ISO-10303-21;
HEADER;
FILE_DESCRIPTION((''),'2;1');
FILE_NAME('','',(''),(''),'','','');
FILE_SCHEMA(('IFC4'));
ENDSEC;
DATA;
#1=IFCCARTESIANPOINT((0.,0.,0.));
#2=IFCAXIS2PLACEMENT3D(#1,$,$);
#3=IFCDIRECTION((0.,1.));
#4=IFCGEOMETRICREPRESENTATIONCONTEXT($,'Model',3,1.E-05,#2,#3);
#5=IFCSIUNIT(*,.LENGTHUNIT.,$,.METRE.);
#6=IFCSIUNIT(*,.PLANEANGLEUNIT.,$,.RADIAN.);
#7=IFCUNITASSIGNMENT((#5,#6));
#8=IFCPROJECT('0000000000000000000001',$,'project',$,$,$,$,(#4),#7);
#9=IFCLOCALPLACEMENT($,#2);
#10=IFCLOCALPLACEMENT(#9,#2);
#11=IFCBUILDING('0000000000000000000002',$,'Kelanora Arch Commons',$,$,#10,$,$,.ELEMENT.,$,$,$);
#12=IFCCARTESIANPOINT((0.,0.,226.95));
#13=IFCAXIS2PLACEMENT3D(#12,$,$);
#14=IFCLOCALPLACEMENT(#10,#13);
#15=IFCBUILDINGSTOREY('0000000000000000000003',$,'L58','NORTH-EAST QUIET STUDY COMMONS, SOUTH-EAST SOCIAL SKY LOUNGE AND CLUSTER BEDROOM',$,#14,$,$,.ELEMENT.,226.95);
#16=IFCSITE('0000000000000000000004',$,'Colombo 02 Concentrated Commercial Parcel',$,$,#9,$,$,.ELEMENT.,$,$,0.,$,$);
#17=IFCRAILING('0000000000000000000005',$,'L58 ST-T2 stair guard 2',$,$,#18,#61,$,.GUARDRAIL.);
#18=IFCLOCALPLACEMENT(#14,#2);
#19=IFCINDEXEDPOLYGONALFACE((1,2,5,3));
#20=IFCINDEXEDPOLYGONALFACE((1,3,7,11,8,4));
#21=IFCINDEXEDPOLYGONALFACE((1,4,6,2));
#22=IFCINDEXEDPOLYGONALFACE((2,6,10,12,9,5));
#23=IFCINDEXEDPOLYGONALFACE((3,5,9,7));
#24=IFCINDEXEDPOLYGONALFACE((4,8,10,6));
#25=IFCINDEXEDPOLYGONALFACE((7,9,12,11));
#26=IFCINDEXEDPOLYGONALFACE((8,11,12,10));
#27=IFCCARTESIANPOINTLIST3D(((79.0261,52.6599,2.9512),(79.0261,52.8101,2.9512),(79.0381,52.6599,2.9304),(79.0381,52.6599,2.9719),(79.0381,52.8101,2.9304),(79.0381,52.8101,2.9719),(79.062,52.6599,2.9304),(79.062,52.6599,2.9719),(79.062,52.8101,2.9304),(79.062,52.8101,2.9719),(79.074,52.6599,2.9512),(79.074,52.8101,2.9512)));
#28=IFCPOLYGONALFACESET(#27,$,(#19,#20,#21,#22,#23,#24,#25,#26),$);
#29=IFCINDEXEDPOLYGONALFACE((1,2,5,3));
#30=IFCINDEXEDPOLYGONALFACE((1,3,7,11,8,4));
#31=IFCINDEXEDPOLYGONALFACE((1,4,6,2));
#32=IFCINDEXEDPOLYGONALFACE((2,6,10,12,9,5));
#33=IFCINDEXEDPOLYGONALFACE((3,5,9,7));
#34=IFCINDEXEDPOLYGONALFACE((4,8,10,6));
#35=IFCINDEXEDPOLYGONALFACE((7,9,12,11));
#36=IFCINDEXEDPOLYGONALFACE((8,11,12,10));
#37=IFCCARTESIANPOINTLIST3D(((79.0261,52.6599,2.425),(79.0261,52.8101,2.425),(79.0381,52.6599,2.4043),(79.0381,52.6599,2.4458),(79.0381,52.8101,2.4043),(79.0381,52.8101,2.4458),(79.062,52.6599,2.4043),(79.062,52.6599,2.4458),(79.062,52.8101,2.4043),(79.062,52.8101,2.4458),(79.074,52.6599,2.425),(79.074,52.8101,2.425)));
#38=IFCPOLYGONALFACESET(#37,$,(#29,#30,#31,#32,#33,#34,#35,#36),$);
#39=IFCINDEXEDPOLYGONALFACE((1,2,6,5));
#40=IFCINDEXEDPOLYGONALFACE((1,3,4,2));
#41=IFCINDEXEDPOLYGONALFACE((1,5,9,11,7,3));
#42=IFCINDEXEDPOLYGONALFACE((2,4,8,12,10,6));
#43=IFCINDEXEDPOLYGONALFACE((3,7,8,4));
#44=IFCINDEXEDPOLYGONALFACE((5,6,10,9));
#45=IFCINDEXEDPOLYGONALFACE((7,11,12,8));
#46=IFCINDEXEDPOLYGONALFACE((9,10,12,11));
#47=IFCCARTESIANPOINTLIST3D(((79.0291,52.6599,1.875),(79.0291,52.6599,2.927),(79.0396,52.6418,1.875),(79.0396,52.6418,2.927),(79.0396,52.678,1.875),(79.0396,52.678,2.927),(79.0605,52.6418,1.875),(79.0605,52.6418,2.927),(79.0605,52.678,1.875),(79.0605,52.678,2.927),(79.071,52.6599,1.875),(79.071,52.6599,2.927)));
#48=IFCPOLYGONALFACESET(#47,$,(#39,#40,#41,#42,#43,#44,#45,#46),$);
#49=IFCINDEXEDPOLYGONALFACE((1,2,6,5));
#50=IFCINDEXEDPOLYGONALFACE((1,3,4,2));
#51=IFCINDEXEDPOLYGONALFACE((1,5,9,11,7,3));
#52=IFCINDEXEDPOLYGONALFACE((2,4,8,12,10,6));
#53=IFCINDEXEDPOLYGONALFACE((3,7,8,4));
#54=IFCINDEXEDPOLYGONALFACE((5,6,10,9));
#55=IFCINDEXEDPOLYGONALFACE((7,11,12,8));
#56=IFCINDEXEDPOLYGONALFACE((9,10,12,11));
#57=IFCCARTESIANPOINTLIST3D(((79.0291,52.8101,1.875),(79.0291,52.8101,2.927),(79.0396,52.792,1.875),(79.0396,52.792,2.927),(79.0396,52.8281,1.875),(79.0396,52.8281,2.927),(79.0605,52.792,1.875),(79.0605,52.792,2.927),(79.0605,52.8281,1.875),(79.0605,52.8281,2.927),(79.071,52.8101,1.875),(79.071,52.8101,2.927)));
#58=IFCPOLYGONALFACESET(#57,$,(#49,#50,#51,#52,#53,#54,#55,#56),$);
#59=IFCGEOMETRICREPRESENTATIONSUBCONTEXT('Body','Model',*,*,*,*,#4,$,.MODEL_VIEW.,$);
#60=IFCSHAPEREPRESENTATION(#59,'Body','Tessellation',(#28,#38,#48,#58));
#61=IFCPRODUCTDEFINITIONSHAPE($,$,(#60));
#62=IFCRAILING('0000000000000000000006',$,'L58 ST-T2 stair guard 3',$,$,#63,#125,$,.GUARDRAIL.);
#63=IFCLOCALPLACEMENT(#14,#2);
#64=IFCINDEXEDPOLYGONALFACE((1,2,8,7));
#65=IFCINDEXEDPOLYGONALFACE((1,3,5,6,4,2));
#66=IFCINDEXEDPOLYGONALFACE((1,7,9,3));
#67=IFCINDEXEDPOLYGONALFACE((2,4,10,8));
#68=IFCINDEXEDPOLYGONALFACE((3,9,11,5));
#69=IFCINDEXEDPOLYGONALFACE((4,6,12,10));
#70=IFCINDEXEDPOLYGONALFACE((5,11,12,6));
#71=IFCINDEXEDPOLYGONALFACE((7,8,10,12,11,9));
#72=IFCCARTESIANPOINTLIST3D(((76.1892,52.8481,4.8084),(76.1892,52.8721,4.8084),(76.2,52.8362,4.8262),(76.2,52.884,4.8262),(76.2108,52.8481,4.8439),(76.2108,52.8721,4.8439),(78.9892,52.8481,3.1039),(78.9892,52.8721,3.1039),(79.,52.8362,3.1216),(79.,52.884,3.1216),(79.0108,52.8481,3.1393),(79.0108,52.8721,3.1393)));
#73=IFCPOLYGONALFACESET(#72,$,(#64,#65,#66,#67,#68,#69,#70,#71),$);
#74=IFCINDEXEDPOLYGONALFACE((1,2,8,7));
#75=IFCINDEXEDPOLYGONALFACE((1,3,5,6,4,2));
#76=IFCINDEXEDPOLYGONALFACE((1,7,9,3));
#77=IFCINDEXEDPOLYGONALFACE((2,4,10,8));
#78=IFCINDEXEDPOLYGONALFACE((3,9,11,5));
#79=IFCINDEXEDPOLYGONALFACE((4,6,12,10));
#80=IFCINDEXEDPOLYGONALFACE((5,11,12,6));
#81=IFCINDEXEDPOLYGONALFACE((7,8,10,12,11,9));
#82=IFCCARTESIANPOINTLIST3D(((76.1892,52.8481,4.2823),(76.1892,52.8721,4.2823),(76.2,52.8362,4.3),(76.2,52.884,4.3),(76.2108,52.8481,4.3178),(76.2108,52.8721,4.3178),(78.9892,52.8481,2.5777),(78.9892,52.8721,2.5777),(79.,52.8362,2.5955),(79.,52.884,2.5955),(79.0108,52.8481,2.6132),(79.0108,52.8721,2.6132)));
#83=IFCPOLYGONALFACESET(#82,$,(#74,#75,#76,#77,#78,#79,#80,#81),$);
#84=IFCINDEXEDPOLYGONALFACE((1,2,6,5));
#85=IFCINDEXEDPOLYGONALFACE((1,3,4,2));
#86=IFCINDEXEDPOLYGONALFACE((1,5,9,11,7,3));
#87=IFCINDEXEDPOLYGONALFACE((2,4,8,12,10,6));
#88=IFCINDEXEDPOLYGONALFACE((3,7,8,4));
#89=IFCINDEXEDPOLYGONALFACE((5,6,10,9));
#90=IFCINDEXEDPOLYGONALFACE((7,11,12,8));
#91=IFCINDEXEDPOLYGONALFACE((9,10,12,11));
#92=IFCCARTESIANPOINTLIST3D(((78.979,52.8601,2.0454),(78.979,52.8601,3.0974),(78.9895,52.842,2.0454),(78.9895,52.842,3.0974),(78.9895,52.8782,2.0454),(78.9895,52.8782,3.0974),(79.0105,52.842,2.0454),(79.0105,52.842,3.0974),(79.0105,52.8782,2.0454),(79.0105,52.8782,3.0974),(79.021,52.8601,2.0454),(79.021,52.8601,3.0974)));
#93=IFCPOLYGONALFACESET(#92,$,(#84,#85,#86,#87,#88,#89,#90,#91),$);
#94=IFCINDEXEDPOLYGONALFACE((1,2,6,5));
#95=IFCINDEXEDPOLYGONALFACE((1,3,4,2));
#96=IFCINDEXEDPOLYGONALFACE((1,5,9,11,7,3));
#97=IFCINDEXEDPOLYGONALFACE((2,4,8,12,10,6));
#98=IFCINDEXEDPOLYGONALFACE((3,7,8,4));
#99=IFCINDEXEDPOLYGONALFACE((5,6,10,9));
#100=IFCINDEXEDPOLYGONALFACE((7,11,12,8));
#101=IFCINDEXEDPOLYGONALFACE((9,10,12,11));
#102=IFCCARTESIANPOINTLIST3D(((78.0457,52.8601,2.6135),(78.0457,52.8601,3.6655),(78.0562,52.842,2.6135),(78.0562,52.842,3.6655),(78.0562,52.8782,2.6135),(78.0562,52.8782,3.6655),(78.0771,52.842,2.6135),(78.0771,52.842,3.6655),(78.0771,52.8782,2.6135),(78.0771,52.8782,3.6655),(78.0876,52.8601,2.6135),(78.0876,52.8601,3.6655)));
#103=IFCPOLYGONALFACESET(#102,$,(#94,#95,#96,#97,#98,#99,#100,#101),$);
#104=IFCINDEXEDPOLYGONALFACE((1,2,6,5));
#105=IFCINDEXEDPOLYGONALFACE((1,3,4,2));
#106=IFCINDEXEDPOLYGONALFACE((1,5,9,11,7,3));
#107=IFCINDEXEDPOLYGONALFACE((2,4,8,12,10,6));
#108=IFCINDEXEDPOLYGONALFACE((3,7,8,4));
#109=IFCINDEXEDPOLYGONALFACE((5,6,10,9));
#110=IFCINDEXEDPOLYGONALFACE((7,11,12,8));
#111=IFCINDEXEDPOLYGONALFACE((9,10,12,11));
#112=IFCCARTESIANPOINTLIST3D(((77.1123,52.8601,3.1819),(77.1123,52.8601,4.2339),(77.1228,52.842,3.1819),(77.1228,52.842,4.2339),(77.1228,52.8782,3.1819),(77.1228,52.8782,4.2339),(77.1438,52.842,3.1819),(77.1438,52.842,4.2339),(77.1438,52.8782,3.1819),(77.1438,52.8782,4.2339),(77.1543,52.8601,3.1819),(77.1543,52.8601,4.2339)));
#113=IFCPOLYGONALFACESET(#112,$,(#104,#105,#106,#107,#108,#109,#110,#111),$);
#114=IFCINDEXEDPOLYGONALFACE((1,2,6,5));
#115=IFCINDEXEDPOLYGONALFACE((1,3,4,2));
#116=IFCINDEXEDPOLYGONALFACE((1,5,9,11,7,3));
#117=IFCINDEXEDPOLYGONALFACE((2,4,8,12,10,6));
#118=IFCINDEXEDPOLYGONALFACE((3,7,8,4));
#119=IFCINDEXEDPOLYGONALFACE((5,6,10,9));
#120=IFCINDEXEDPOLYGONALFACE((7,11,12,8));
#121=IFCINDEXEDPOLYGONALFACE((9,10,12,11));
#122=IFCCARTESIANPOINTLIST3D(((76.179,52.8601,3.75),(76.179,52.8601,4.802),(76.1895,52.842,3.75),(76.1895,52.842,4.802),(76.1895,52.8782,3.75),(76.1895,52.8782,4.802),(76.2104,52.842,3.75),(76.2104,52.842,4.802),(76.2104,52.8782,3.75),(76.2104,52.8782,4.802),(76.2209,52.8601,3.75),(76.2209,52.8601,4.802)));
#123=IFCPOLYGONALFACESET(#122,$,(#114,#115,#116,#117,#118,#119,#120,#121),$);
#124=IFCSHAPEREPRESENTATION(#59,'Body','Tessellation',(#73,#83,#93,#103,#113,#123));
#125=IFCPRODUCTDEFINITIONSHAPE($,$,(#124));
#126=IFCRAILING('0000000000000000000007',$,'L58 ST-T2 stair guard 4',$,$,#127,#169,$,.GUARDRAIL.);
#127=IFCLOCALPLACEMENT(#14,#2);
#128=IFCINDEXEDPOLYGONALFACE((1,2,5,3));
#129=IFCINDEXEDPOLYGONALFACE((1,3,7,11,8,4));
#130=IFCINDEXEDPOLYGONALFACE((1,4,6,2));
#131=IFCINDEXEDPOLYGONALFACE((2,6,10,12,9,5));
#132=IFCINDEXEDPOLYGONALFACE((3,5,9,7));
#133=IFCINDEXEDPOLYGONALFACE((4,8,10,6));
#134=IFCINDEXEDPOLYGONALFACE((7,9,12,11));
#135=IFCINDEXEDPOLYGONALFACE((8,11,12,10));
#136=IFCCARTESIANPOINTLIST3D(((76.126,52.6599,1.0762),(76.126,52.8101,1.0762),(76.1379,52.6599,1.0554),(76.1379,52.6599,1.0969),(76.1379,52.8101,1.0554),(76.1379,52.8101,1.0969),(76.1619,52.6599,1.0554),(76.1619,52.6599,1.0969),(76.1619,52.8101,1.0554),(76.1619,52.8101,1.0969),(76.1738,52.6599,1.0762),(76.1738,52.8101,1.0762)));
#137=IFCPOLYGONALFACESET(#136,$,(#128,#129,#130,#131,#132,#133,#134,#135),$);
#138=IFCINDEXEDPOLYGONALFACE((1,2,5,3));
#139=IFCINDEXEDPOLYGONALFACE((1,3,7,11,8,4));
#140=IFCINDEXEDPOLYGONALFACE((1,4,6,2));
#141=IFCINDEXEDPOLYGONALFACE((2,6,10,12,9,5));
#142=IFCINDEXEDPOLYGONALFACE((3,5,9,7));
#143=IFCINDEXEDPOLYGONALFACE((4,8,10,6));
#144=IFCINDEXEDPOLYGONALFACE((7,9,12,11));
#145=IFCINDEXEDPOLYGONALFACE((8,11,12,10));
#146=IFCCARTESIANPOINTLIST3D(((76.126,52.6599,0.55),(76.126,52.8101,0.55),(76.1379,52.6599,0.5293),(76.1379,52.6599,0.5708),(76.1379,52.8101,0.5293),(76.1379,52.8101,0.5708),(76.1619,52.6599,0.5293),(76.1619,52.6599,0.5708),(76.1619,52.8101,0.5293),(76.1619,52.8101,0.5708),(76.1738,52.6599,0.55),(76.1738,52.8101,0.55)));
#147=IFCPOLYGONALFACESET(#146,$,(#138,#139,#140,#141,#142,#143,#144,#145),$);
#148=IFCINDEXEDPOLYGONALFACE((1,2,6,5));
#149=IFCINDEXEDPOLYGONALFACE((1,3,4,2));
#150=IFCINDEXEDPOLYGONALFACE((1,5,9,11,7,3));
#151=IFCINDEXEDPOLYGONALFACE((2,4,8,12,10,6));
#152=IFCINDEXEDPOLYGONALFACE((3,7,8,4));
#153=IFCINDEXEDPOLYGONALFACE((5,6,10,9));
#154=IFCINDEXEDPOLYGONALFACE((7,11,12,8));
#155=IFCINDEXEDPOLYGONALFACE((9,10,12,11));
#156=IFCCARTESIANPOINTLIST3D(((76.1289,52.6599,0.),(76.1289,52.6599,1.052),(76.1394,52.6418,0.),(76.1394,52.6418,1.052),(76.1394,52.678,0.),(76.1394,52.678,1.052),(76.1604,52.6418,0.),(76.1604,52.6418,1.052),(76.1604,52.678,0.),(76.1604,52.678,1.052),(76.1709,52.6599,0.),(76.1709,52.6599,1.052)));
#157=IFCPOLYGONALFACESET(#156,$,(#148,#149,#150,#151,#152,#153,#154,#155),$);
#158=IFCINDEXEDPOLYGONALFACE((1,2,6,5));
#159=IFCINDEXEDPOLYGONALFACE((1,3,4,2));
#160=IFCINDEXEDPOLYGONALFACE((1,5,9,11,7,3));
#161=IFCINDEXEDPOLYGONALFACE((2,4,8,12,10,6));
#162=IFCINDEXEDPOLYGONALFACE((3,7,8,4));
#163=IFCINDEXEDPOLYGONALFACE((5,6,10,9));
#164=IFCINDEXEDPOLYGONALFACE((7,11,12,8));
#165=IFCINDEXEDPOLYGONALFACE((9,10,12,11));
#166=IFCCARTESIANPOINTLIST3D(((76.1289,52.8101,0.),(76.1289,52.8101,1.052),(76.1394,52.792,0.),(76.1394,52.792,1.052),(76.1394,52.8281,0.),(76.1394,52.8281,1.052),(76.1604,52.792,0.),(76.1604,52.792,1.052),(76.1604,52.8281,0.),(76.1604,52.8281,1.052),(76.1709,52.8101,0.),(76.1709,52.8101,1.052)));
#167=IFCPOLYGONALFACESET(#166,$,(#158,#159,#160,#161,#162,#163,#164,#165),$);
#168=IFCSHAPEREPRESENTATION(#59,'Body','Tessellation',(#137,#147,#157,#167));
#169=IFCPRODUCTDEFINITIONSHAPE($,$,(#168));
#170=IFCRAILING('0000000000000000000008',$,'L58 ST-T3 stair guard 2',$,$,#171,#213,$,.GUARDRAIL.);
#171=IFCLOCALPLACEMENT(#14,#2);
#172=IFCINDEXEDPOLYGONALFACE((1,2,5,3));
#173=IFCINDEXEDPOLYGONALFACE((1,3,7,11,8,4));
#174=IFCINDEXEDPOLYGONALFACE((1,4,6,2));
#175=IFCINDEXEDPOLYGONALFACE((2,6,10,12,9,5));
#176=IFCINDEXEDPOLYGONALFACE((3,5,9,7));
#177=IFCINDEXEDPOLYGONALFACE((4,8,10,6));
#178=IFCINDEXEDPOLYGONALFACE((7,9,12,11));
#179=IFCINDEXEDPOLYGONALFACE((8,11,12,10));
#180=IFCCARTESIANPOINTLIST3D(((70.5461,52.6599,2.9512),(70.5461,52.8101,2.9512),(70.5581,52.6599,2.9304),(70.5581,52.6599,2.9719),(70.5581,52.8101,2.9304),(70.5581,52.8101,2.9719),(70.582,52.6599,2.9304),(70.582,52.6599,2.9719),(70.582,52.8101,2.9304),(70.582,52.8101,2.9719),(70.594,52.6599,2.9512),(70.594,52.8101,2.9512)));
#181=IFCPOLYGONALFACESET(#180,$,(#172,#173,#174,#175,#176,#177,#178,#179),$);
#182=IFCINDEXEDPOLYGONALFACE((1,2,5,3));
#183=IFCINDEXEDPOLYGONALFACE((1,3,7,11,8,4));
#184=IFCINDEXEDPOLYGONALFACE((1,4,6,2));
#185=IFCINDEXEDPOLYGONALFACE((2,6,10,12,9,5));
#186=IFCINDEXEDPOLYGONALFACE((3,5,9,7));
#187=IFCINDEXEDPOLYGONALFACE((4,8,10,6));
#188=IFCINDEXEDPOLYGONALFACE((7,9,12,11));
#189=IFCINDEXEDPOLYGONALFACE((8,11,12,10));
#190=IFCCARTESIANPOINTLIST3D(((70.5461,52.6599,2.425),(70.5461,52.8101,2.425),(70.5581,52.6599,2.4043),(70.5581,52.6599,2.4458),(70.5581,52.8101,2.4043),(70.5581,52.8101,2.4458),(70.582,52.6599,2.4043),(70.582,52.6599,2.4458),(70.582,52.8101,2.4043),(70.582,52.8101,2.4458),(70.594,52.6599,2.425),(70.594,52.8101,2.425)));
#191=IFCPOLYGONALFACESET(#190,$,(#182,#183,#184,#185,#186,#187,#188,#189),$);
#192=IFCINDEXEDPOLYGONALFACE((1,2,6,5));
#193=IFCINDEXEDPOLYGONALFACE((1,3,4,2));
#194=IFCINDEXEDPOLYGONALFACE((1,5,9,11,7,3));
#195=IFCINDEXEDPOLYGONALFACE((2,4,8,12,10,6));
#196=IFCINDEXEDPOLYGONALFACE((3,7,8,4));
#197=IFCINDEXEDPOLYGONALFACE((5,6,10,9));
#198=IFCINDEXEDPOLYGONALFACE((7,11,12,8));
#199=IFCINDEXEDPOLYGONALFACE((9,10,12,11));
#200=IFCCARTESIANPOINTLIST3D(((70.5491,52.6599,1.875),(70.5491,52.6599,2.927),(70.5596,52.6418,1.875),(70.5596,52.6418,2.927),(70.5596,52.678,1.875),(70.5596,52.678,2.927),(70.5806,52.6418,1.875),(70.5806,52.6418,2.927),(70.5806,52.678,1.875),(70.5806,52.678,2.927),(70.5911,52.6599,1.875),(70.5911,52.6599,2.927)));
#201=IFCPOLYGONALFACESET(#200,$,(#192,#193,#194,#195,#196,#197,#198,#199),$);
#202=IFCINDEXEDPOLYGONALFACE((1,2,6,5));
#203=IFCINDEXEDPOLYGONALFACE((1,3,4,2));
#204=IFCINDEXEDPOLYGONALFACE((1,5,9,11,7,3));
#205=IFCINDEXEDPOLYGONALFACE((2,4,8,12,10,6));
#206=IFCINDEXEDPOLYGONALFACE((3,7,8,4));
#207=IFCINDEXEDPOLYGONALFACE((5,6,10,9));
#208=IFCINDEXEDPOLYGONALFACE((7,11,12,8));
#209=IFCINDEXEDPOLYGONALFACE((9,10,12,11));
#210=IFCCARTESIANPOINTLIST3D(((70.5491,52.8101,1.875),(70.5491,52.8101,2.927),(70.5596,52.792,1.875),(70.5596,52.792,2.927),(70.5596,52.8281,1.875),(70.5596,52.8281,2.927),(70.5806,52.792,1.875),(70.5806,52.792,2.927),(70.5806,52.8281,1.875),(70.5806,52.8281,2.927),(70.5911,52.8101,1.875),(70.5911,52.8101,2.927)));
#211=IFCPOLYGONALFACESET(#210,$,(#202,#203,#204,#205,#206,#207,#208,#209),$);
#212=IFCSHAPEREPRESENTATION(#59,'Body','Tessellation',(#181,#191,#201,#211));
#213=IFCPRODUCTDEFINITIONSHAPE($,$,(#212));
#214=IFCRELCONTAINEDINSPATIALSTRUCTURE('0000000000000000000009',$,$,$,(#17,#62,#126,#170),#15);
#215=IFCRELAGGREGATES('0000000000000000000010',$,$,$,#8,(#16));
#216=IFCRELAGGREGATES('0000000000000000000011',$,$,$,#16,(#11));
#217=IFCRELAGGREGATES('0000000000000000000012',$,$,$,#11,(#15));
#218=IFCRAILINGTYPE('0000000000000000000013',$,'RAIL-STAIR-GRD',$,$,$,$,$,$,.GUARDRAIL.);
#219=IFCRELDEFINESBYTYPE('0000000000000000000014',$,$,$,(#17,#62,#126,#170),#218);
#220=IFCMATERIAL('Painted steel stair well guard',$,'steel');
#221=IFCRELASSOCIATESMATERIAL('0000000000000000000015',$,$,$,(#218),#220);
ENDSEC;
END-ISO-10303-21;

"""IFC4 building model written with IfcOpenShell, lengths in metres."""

from ifc_helpers import new_model, si_unit, direction, frame, origin, place, context, subcontext, project, spatial, polyline, outline, extrude, material, type_object, element, save


model = new_model("IFC4")

# Units and contexts
model_context = context("Model", 3, precision=1e-05, world=origin(), true_north=direction((0.0, 1.0)))
body_context = subcontext(model_context, "Body", "Model", "MODEL_VIEW")
ifc_project = project(units=[si_unit("LENGTHUNIT", "METRE"), si_unit("PLANEANGLEUNIT", "RADIAN")], contexts=[model_context])

# Site, building, storey
site_placement = place(None, origin())
site = spatial("IfcSite", under=ifc_project, at=site_placement, Name="Colombo 02 Concentrated Commercial Parcel", CompositionType="ELEMENT", RefElevation=0.0)
building_placement = place(site_placement, origin())
building = spatial("IfcBuilding", under=site, at=building_placement, Name="Kelanora Arch Commons", CompositionType="ELEMENT")
storey_placement = place(building_placement, frame((0.0, 0.0, 226.95)))
storey = spatial("IfcBuildingStorey", under=building, at=storey_placement, Name="L58", Description="NORTH-EAST QUIET STUDY COMMONS, SOUTH-EAST SOCIAL SKY LOUNGE AND CLUSTER BEDROOM", CompositionType="ELEMENT", Elevation=226.95)

# Railings
ifc_material_1 = material(Name="Painted steel stair well guard", Category="steel")
railing_type_1 = type_object("IfcRailingType", Name="RAIL-STAIR-GRD", PredefinedType="GUARDRAIL", material=ifc_material_1)
railing_1_placement = place(storey_placement, frame((79.05, 52.6599, 1.875)))
element("IfcRailing", 1, at=railing_1_placement, inside=storey, type_object=railing_type_1, Name="L58 ST-T2 stair guard 2", PredefinedType="GUARDRAIL", context=body_context, shape_type="SweptSolid", body=[
    extrude(outline(polyline([(0.0239, 0.0), (0.012, 0.0208), (-0.012, 0.0208), (-0.0239, 0.0), (-0.012, -0.0208), (0.012, -0.0208), (0.0239, 0.0)])), frame((0.0, 0.0, 1.0762), z_axis=(0.0, 1.0, 0.0), x_axis=(-1.0, 0.0, 0.0)), (0.0, 0.0, 1.0), 0.1501),
    extrude(outline(polyline([(0.0239, 0.0), (0.012, 0.0208), (-0.012, 0.0208), (-0.0239, 0.0), (-0.012, -0.0208), (0.012, -0.0208), (0.0239, 0.0)])), frame((0.0, 0.0, 0.55), z_axis=(0.0, 1.0, 0.0), x_axis=(-1.0, 0.0, 0.0)), (0.0, 0.0, 1.0), 0.1501),
    extrude(outline(polyline([(0.021, 0.0), (0.0105, 0.0181), (-0.0105, 0.0181), (-0.021, 0.0), (-0.0105, -0.0181), (0.0105, -0.0181), (0.021, 0.0)])), origin(), (0.0, 0.0, 1.0), 1.052),
    extrude(outline(polyline([(0.021, 0.0), (0.0105, 0.0181), (-0.0105, 0.0181), (-0.021, 0.0), (-0.0105, -0.0181), (0.0105, -0.0181), (0.021, 0.0)])), frame((0.0, 0.1501, 0.0)), (0.0, 0.0, 1.0), 1.052),
])
railing_2_placement = place(storey_placement, frame((79.0, 52.8601, 2.0454)))
element("IfcRailing", 2, at=railing_2_placement, inside=storey, type_object=railing_type_1, Name="L58 ST-T2 stair guard 3", PredefinedType="GUARDRAIL", context=body_context, shape_type="SweptSolid", body=[
    extrude(outline(polyline([(0.0239, 0.0), (0.012, 0.0208), (-0.012, 0.0208), (-0.0239, 0.0), (-0.012, -0.0208), (0.012, -0.0208), (0.0239, 0.0)])), frame((0.0, 0.0, 1.0762), z_axis=(-0.85417, 0.0, 0.519994), x_axis=(0.0, -1.0, 0.0)), (0.0, 0.0, 1.0), 3.2781),
    extrude(outline(polyline([(0.0239, 0.0), (0.012, 0.0208), (-0.012, 0.0208), (-0.0239, 0.0), (-0.012, -0.0208), (0.012, -0.0208), (0.0239, 0.0)])), frame((0.0, 0.0, 0.55), z_axis=(-0.85417, 0.0, 0.519994), x_axis=(0.0, -1.0, 0.0)), (0.0, 0.0, 1.0), 3.2781),
    extrude(outline(polyline([(0.021, 0.0), (0.0105, 0.0181), (-0.0105, 0.0181), (-0.021, 0.0), (-0.0105, -0.0181), (0.0105, -0.0181), (0.021, 0.0)])), origin(), (0.0, 0.0, 1.0), 1.052),
    extrude(outline(polyline([(0.021, 0.0), (0.0105, 0.0181), (-0.0105, 0.0181), (-0.021, 0.0), (-0.0105, -0.0181), (0.0105, -0.0181), (0.021, 0.0)])), frame((-0.9333, 0.0, 0.5681)), (0.0, 0.0, 1.0), 1.052),
    extrude(outline(polyline([(0.021, 0.0), (0.0105, 0.0181), (-0.0105, 0.0181), (-0.021, 0.0), (-0.0105, -0.0181), (0.0105, -0.0181), (0.021, 0.0)])), frame((-1.8667, 0.0, 1.1365)), (0.0, 0.0, 1.0), 1.052),
    extrude(outline(polyline([(0.021, 0.0), (0.0105, 0.0181), (-0.0105, 0.0181), (-0.021, 0.0), (-0.0105, -0.0181), (0.0105, -0.0181), (0.021, 0.0)])), frame((-2.8, 0.0, 1.7046)), (0.0, 0.0, 1.0), 1.052),
])
for number, where, name in (
    (3, (76.1499, 52.6599, 0.0), "L58 ST-T2 stair guard 4"),
    (4, (70.5701, 52.6599, 1.875), "L58 ST-T3 stair guard 2"),
):
    element("IfcRailing", number, at=place(storey_placement, frame(where)), inside=storey, type_object=railing_type_1, Name=name, PredefinedType="GUARDRAIL", context=body_context, shape_type="SweptSolid", body=[
        extrude(outline(polyline([(0.0239, 0.0), (0.012, 0.0208), (-0.012, 0.0208), (-0.0239, 0.0), (-0.012, -0.0208), (0.012, -0.0208), (0.0239, 0.0)])), frame((0.0, 0.0, 1.0762), z_axis=(0.0, 1.0, 0.0), x_axis=(-1.0, 0.0, 0.0)), (0.0, 0.0, 1.0), 0.1501),
        extrude(outline(polyline([(0.0239, 0.0), (0.012, 0.0208), (-0.012, 0.0208), (-0.0239, 0.0), (-0.012, -0.0208), (0.012, -0.0208), (0.0239, 0.0)])), frame((0.0, 0.0, 0.55), z_axis=(0.0, 1.0, 0.0), x_axis=(-1.0, 0.0, 0.0)), (0.0, 0.0, 1.0), 0.1501),
        extrude(outline(polyline([(0.021, 0.0), (0.0105, 0.0181), (-0.0105, 0.0181), (-0.021, 0.0), (-0.0105, -0.0181), (0.0105, -0.0181), (0.021, 0.0)])), origin(), (0.0, 0.0, 1.0), 1.052),
        extrude(outline(polyline([(0.021, 0.0), (0.0105, 0.0181), (-0.0105, 0.0181), (-0.021, 0.0), (-0.0105, -0.0181), (0.0105, -0.0181), (0.021, 0.0)])), frame((0.0, 0.1501, 0.0)), (0.0, 0.0, 1.0), 1.052),
    ])

save(model, "model.ifc")
